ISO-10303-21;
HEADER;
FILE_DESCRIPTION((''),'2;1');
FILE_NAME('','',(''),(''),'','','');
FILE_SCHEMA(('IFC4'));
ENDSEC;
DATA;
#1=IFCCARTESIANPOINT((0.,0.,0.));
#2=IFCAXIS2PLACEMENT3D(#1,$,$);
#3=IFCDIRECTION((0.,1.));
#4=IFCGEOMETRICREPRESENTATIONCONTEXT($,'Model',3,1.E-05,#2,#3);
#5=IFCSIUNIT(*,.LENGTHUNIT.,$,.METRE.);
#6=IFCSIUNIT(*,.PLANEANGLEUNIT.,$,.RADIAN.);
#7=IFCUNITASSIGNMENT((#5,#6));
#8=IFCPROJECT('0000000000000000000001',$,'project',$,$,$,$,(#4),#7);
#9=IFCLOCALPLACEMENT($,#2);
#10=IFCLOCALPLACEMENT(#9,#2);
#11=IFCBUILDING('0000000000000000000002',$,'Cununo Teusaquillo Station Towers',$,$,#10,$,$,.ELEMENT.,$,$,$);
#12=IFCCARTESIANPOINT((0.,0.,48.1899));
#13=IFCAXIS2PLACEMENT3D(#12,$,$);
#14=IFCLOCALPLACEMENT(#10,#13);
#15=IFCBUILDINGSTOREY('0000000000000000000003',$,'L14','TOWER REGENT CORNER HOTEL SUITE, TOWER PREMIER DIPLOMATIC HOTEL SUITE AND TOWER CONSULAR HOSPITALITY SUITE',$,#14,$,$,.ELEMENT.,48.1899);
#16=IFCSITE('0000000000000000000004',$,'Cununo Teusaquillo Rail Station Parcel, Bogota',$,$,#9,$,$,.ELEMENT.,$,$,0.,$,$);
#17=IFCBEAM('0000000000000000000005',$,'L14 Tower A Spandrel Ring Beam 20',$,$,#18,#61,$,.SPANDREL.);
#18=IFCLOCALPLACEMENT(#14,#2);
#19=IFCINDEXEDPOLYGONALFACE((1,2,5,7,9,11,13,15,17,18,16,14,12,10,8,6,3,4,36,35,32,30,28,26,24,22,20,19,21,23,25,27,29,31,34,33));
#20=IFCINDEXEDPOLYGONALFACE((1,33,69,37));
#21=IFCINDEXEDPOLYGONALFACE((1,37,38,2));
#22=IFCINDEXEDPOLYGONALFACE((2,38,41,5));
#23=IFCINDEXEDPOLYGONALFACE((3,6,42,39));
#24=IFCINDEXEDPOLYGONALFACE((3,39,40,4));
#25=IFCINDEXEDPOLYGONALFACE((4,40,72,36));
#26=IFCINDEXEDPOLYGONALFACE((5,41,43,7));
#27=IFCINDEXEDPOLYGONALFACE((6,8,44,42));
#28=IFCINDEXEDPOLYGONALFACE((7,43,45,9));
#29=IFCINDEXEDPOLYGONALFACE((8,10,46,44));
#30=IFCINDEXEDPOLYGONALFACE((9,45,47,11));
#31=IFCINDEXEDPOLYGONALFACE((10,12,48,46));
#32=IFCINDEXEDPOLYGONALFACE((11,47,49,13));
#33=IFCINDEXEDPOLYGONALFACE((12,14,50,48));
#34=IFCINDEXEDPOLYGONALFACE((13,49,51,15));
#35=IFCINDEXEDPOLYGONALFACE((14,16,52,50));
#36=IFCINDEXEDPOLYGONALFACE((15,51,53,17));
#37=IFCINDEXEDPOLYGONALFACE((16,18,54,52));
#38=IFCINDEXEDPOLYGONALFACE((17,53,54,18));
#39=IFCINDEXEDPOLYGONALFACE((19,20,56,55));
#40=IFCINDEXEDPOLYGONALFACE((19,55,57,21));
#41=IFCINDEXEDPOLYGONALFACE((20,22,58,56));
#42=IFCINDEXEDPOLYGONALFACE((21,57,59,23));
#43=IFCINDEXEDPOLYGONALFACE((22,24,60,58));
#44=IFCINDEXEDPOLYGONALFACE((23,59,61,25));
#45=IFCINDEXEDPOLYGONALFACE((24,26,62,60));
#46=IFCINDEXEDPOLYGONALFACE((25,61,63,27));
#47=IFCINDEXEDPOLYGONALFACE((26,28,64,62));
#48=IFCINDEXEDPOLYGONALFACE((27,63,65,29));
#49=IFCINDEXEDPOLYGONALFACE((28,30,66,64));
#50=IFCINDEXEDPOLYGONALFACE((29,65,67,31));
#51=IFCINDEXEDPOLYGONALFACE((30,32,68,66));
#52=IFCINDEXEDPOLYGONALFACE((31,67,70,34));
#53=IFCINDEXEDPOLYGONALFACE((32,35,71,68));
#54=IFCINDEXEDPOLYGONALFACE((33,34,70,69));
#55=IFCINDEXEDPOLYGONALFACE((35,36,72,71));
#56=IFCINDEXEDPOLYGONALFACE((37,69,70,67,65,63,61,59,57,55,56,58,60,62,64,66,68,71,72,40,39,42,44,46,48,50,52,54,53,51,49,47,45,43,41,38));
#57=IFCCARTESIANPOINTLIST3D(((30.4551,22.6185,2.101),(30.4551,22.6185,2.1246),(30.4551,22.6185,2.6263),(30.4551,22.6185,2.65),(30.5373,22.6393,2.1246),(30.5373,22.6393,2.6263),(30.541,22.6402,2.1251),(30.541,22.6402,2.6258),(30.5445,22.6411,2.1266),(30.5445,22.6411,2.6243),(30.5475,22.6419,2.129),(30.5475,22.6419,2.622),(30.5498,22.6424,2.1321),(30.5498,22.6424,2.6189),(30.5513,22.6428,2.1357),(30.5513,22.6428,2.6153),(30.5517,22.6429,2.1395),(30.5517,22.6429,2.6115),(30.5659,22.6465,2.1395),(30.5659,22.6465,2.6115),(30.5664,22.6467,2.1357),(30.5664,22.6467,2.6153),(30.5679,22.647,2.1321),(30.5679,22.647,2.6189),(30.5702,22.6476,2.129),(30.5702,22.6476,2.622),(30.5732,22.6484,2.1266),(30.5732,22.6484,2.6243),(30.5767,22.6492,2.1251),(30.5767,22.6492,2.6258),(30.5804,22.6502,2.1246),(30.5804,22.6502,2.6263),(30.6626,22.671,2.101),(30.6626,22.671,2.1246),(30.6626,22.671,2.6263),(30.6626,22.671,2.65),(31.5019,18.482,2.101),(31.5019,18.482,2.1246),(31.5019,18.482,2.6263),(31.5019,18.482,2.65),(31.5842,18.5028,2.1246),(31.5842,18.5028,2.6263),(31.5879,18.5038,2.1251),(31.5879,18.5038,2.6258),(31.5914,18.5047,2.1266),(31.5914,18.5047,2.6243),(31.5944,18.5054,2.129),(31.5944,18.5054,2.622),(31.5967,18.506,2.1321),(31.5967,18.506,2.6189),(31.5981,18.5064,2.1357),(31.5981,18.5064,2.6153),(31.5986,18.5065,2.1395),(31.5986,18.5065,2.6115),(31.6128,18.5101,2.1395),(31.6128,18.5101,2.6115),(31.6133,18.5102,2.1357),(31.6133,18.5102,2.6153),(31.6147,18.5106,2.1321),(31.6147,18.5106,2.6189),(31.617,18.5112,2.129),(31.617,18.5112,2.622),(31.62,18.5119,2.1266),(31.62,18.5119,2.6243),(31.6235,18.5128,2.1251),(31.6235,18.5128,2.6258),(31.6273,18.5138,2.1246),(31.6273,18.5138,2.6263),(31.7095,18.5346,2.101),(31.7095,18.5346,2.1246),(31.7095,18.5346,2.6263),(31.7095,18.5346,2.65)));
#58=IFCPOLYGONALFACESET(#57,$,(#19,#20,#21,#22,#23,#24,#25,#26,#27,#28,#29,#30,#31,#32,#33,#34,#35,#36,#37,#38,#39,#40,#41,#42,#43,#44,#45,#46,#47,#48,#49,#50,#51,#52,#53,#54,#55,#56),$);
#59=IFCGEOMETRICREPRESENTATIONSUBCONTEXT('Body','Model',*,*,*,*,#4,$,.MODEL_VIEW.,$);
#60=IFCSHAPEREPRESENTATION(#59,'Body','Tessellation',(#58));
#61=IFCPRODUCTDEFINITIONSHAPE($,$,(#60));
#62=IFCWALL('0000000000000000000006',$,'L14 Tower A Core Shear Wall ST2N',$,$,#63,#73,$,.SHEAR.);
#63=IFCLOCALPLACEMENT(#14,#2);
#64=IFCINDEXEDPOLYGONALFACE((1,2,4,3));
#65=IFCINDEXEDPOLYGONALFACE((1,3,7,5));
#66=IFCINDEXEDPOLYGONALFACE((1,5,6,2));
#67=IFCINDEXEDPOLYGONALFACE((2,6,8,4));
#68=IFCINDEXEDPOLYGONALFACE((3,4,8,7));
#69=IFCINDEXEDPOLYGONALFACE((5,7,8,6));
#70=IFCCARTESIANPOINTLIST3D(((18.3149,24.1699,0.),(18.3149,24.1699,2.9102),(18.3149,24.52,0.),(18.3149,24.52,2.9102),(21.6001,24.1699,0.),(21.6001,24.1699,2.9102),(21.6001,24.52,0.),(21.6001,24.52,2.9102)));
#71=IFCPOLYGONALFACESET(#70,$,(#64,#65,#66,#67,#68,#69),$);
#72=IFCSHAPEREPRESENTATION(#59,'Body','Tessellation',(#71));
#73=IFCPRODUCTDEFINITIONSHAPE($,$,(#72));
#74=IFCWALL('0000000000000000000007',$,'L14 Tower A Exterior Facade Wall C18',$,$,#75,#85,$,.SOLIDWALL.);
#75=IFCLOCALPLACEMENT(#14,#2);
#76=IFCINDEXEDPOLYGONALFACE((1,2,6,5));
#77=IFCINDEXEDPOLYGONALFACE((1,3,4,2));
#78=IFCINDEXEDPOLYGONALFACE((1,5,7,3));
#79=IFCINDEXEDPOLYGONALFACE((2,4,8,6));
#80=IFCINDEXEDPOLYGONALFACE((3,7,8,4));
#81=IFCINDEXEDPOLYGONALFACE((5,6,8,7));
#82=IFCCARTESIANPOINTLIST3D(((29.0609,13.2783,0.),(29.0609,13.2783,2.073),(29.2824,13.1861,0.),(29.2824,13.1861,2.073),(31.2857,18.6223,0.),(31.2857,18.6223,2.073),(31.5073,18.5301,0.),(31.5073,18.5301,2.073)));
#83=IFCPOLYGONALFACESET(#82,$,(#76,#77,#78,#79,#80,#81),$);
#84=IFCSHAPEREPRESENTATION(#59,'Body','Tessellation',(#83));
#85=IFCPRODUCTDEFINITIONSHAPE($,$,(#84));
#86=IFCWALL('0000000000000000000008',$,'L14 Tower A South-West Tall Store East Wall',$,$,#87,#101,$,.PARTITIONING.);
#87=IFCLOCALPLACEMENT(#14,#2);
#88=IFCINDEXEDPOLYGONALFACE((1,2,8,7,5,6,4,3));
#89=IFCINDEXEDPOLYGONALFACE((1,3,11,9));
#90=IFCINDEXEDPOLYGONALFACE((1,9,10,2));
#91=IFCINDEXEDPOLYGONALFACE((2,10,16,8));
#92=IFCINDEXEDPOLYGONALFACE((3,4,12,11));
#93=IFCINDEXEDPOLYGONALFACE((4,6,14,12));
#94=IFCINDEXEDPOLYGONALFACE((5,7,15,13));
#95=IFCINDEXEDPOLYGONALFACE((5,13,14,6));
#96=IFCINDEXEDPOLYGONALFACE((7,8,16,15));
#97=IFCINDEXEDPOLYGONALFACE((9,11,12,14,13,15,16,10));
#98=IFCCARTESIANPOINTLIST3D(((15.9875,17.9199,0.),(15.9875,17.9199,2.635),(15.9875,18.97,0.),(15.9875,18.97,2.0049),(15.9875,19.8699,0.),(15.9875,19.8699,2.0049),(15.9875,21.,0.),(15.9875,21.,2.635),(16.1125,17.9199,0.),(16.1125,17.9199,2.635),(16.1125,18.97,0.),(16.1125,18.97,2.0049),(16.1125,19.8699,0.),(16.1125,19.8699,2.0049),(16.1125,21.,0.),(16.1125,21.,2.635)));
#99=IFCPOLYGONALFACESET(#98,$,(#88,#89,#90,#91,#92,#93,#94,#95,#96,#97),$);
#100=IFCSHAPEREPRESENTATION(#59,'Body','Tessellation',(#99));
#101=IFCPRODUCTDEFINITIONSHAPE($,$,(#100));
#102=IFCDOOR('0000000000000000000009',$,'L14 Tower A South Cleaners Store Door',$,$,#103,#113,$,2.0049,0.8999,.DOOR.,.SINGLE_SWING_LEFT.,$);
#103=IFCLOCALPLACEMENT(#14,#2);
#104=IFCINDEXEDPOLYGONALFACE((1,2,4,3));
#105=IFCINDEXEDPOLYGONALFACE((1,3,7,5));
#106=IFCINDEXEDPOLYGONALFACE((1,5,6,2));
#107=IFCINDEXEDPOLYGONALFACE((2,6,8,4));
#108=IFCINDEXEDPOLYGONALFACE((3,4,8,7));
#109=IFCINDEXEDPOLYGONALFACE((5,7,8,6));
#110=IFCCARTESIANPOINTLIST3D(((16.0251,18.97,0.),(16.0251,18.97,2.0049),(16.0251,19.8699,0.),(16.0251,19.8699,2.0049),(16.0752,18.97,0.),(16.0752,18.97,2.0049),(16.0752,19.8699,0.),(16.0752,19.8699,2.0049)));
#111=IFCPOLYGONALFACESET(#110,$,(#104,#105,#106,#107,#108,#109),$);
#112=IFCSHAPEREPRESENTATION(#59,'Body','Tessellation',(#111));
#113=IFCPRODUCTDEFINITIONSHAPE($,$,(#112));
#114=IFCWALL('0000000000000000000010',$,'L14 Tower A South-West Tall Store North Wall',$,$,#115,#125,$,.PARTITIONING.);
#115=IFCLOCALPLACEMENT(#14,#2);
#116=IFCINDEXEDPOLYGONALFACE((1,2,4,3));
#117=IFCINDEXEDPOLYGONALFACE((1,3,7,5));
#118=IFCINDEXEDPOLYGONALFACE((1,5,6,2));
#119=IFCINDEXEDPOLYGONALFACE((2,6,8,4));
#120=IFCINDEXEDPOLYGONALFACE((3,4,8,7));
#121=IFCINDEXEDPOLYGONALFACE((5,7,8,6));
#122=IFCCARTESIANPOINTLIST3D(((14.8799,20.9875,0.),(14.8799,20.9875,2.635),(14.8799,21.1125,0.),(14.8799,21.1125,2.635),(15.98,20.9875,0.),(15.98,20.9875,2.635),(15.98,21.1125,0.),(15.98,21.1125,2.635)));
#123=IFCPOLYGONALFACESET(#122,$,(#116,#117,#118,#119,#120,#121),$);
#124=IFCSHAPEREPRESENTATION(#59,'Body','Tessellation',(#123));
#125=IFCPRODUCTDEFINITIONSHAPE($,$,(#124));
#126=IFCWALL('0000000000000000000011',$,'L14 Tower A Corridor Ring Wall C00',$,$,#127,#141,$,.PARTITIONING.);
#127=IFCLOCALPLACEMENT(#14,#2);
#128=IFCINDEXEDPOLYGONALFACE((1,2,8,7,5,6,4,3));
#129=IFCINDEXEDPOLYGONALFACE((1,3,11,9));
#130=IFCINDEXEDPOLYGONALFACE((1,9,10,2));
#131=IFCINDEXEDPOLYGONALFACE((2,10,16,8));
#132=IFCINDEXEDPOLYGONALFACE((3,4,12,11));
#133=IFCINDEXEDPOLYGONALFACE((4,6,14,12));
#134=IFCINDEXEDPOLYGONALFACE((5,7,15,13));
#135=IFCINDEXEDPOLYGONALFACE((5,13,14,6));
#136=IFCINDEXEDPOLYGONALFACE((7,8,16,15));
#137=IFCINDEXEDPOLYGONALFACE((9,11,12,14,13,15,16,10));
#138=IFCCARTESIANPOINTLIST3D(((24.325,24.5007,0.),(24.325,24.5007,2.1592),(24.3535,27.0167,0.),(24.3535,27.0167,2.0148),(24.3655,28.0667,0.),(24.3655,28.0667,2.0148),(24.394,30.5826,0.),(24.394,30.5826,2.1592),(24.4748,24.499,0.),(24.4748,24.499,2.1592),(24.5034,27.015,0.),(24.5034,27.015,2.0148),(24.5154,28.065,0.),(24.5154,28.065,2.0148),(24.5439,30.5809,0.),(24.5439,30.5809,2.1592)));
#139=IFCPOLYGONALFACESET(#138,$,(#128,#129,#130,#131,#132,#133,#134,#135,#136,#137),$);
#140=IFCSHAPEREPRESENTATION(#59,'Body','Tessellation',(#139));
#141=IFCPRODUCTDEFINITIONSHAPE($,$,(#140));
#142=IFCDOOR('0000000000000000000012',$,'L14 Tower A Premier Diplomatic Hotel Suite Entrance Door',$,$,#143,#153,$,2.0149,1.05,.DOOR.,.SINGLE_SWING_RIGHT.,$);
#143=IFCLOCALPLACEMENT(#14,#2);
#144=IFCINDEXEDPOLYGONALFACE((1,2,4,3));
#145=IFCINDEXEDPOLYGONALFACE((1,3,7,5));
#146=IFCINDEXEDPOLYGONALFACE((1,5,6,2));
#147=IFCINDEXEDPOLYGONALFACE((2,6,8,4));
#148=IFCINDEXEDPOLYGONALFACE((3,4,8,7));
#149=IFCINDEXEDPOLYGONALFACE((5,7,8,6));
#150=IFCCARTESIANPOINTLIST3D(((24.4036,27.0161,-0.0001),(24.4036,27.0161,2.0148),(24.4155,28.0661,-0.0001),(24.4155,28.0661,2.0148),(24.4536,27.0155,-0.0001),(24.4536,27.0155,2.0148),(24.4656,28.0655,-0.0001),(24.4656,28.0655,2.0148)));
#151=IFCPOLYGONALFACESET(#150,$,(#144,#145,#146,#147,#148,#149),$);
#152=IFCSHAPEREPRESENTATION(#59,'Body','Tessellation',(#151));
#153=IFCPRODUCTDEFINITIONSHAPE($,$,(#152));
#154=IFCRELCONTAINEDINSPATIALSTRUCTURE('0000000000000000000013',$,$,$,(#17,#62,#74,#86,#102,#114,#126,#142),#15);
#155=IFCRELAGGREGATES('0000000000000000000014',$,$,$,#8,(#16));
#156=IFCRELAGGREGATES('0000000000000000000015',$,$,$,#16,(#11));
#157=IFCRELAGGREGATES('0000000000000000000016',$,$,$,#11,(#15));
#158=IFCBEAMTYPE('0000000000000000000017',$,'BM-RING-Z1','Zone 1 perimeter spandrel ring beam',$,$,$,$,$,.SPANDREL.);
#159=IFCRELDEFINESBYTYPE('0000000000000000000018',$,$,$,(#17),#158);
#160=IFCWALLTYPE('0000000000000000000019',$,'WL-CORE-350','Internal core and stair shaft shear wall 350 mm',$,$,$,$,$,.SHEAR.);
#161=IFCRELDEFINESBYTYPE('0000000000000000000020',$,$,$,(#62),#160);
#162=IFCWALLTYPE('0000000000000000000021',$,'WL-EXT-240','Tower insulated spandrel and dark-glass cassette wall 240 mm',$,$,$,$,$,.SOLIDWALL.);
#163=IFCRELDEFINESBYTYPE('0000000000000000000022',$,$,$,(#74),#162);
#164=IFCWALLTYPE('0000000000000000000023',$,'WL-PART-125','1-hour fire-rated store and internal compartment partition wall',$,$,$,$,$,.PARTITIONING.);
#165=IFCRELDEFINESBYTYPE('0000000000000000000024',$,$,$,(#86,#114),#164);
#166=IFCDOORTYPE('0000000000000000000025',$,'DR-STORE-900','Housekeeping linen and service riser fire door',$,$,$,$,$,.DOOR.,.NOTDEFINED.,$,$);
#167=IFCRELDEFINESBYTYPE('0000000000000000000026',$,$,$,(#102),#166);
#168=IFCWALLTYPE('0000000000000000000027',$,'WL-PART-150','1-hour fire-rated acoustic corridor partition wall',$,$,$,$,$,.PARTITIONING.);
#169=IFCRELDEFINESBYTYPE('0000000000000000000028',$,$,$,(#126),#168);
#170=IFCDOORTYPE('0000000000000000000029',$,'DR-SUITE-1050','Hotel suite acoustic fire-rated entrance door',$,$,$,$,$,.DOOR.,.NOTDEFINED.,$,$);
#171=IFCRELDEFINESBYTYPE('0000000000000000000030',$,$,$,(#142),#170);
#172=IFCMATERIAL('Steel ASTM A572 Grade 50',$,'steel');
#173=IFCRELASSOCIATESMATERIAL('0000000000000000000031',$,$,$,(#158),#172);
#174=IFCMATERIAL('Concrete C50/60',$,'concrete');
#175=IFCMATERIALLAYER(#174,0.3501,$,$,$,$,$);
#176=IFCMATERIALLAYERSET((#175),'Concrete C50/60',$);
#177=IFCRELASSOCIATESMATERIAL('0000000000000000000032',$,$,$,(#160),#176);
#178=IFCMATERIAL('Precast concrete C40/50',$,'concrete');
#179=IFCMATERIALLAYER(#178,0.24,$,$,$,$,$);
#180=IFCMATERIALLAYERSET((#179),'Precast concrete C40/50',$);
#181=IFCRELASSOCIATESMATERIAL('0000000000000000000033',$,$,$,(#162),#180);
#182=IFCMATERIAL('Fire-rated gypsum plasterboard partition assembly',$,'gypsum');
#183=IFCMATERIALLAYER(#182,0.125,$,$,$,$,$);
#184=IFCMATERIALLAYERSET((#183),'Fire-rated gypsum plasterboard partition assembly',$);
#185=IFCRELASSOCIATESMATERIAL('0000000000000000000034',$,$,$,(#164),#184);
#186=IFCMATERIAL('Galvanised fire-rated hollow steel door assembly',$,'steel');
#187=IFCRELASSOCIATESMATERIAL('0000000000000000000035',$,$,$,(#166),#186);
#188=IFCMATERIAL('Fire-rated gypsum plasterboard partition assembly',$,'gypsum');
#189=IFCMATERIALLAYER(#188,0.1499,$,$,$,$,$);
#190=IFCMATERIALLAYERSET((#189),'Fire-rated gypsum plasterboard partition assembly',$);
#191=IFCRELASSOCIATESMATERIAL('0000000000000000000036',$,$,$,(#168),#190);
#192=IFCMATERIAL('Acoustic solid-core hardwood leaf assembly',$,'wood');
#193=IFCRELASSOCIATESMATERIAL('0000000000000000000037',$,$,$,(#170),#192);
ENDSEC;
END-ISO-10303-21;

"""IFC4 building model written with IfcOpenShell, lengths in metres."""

from ifc_helpers import new_model, si_unit, direction, frame, frame_2d, origin, origin_2d, place, context, subcontext, project, spatial, rectangle, i_section, extrude, source, transform, mapped, material, layer, layer_set, material_profile, profile_set, type_object, element, fill, save


model = new_model("IFC4")

# Units and contexts
model_context = context("Model", 3, precision=1e-05, world=origin(), true_north=direction((0.0, 1.0)))
body_context = subcontext(model_context, "Body", "Model", "MODEL_VIEW")
ifc_project = project(units=[si_unit("LENGTHUNIT", "METRE"), si_unit("PLANEANGLEUNIT", "RADIAN")], contexts=[model_context])

# Site, building, storey
site_placement = place(None, origin())
site = spatial("IfcSite", under=ifc_project, at=site_placement, Name="Cununo Teusaquillo Rail Station Parcel, Bogota", CompositionType="ELEMENT", RefElevation=0.0)
building_placement = place(site_placement, origin())
building = spatial("IfcBuilding", under=site, at=building_placement, Name="Cununo Teusaquillo Station Towers", CompositionType="ELEMENT")
storey_placement = place(building_placement, frame((0.0, 0.0, 48.1899)))
storey = spatial("IfcBuildingStorey", under=building, at=storey_placement, Name="L14", Description="TOWER REGENT CORNER HOTEL SUITE, TOWER PREMIER DIPLOMATIC HOTEL SUITE AND TOWER CONSULAR HOSPITALITY SUITE", CompositionType="ELEMENT", Elevation=48.1899)

# Beam
ifc_material_1 = material(Name="Steel ASTM A572 Grade 50", Category="steel")
ifc_material_profile_1 = material_profile(ifc_material_1, i_section(OverallWidth=0.2141, OverallDepth=0.5491, WebThickness=0.0146, FlangeThickness=0.0237, FilletRadius=0.0149, at=origin_2d()), Name="W21X93")
ifc_profile_set_1 = profile_set([ifc_material_profile_1], Name="Steel ASTM A572 Grade 50")
beam_type_1 = type_object("IfcBeamType", Name="BM-RING-Z1", Description="Zone 1 perimeter spandrel ring beam", PredefinedType="SPANDREL", material=ifc_profile_set_1)
beam_1_placement = place(storey_placement, frame((31.6057, 18.5083, 2.3755), z_axis=(-0.245348, 0.969435, 0.0), x_axis=(-0.969435, -0.245348, 0.0)))
element("IfcBeam", 1, at=beam_1_placement, inside=storey, type_object=beam_type_1, Name="L14 Tower A Spandrel Ring Beam 20", PredefinedType="SPANDREL", context=body_context, shape_type="SweptSolid", body=[
    extrude(i_section(OverallWidth=0.2141, OverallDepth=0.5491, WebThickness=0.0146, FlangeThickness=0.0237, FilletRadius=0.0149, at=origin_2d()), origin(), (0.0, 0.0, 1.0), 4.2668),
])

# Walls
ifc_material_2 = material(Name="Concrete C50/60", Category="concrete")
ifc_layer_1 = layer(ifc_material_2, 0.3501)
ifc_layer_set_1 = layer_set([ifc_layer_1], Name="Concrete C50/60")
wall_type_1 = type_object("IfcWallType", Name="WL-CORE-350", Description="Internal core and stair shaft shear wall 350 mm", PredefinedType="SHEAR", material=ifc_layer_set_1)
wall_1_placement = place(storey_placement, frame((18.3149, 24.345, 0.0), z_axis=(0.0, 0.0, 1.0), x_axis=(1.0, 0.0, 0.0)))
element("IfcWall", 2, at=wall_1_placement, inside=storey, type_object=wall_type_1, Name="L14 Tower A Core Shear Wall ST2N", PredefinedType="SHEAR", context=body_context, shape_type="SweptSolid", body=[
    extrude(rectangle(XDim=3.2852, YDim=0.3501, at=frame_2d((1.6426, 0.0))), origin(), (0.0, 0.0, 1.0), 2.9102),
])
ifc_material_3 = material(Name="Precast concrete C40/50", Category="concrete")
ifc_layer_2 = layer(ifc_material_3, 0.24)
ifc_layer_set_2 = layer_set([ifc_layer_2], Name="Precast concrete C40/50")
wall_type_2 = type_object("IfcWallType", Name="WL-EXT-240", Description="Tower insulated spandrel and dark-glass cassette wall 240 mm", PredefinedType="SOLIDWALL", material=ifc_layer_set_2)
wall_2_placement = place(storey_placement, frame((31.3965, 18.5762, 0.0), z_axis=(0.0, 0.0, 1.0), x_axis=(-0.384349, -0.923188, 0.0)))
element("IfcWall", 3, at=wall_2_placement, inside=storey, type_object=wall_type_2, Name="L14 Tower A Exterior Facade Wall C18", PredefinedType="SOLIDWALL", context=body_context, shape_type="SweptSolid", body=[
    extrude(rectangle(XDim=5.7886, YDim=0.24, at=frame_2d((2.8943, 0.0))), origin(), (0.0, 0.0, 1.0), 2.073),
])

# Wall, opening, door
ifc_material_4 = material(Name="Fire-rated gypsum plasterboard partition assembly", Category="gypsum")
ifc_layer_3 = layer(ifc_material_4, 0.125)
ifc_layer_set_3 = layer_set([ifc_layer_3], Name="Fire-rated gypsum plasterboard partition assembly")
wall_type_3 = type_object("IfcWallType", Name="WL-PART-125", Description="1-hour fire-rated store and internal compartment partition wall", PredefinedType="PARTITIONING", material=ifc_layer_set_3)
wall_3_placement = place(storey_placement, frame((16.05, 17.9199, 0.0), z_axis=(0.0, 0.0, 1.0), x_axis=(0.0, 1.0, 0.0)))
wall_3 = element("IfcWall", 4, at=wall_3_placement, inside=storey, type_object=wall_type_3, Name="L14 Tower A South-West Tall Store East Wall", PredefinedType="PARTITIONING", context=body_context, shape_type="SweptSolid", body=[
    extrude(rectangle(XDim=3.0801, YDim=0.125, at=frame_2d((1.54, 0.0))), origin(), (0.0, 0.0, 1.0), 2.635),
])
shared_shape_1 = source(origin(), body_context, "Body", "SweptSolid", [
    extrude(rectangle(XDim=0.8999, YDim=2.0049, at=frame_2d((0.45, 1.0024))), frame((0.0, 0.0725, 0.0), z_axis=(0.0, -1.0, 0.0), x_axis=(1.0, 0.0, 0.0)), (0.0, 0.0, 1.0), 0.145),
])
opening_1_placement = place(wall_3_placement, frame((1.05, 0.0, 0.0)))
opening_1 = element("IfcOpeningElement", 5, at=opening_1_placement, cuts=wall_3, PredefinedType="OPENING", context=body_context, shape_type="MappedRepresentation", body=[
    mapped(shared_shape_1, transform((0.0, 0.0, 0.0), x_axis=(1.0, 0.0, 0.0), y_axis=(0.0, 1.0, 0.0), z_axis=(0.0, 0.0, 1.0), scale=1.0)),
])
ifc_material_5 = material(Name="Galvanised fire-rated hollow steel door assembly", Category="steel")
door_type_1 = type_object("IfcDoorType", Name="DR-STORE-900", Description="Housekeeping linen and service riser fire door", OperationType="NOTDEFINED", PredefinedType="DOOR", material=ifc_material_5)
shared_shape_2 = source(origin(), body_context, "Body", "SweptSolid", [
    extrude(rectangle(XDim=0.8999, YDim=2.0049, at=frame_2d((0.45, 1.0024))), frame((0.0, 0.0249, 0.0), z_axis=(0.0, -1.0, 0.0), x_axis=(1.0, 0.0, 0.0)), (0.0, 0.0, 1.0), 0.05),
])
door_1_placement = place(opening_1_placement, origin())
door_1 = element("IfcDoor", 6, at=door_1_placement, inside=storey, type_object=door_type_1, Name="L14 Tower A South Cleaners Store Door", OperationType="SINGLE_SWING_LEFT", OverallHeight=2.0049, OverallWidth=0.8999, PredefinedType="DOOR", context=body_context, shape_type="MappedRepresentation", body=[
    mapped(shared_shape_2, transform((0.0, 0.0, 0.0), x_axis=(1.0, 0.0, 0.0), y_axis=(0.0, 1.0, 0.0), z_axis=(0.0, 0.0, 1.0), scale=1.0)),
])
fill(opening_1, door_1)

# Wall
wall_4_placement = place(storey_placement, frame((14.8799, 21.05, 0.0), z_axis=(0.0, 0.0, 1.0), x_axis=(1.0, 0.0, 0.0)))
element("IfcWall", 7, at=wall_4_placement, inside=storey, type_object=wall_type_3, Name="L14 Tower A South-West Tall Store North Wall", PredefinedType="PARTITIONING", context=body_context, shape_type="SweptSolid", body=[
    extrude(rectangle(XDim=1.1001, YDim=0.125, at=frame_2d((0.55, 0.0))), origin(), (0.0, 0.0, 1.0), 2.635),
])

# Wall, opening, door
ifc_material_6 = material(Name="Fire-rated gypsum plasterboard partition assembly", Category="gypsum")
ifc_layer_4 = layer(ifc_material_6, 0.1499)
ifc_layer_set_4 = layer_set([ifc_layer_4], Name="Fire-rated gypsum plasterboard partition assembly")
wall_type_4 = type_object("IfcWallType", Name="WL-PART-150", Description="1-hour fire-rated acoustic corridor partition wall", PredefinedType="PARTITIONING", material=ifc_layer_set_4)
wall_5_placement = place(storey_placement, frame((24.3999, 24.5, 0.0), z_axis=(0.0, 0.0, 1.0), x_axis=(0.01136, 0.999935, 0.0)))
wall_5 = element("IfcWall", 8, at=wall_5_placement, inside=storey, type_object=wall_type_4, Name="L14 Tower A Corridor Ring Wall C00", PredefinedType="PARTITIONING", context=body_context, shape_type="SweptSolid", body=[
    extrude(rectangle(XDim=6.0823, YDim=0.1499, at=frame_2d((3.041, 0.0))), origin(), (0.0, 0.0, 1.0), 2.1592),
])
shared_shape_3 = source(origin(), body_context, "Body", "SweptSolid", [
    extrude(rectangle(XDim=1.05, YDim=2.0149, at=frame_2d((0.5249, 1.0073))), frame((0.0, 0.085, 0.0), z_axis=(0.0, -1.0, 0.0), x_axis=(1.0, 0.0, 0.0)), (0.0, 0.0, 1.0), 0.1699),
])
opening_2_placement = place(wall_5_placement, frame((2.5161, 0.0, 0.0)))
opening_2 = element("IfcOpeningElement", 9, at=opening_2_placement, cuts=wall_5, PredefinedType="OPENING", context=body_context, shape_type="MappedRepresentation", body=[
    mapped(shared_shape_3, transform((0.0, 0.0, 0.0), x_axis=(1.0, 0.0, 0.0), y_axis=(0.0, 1.0, 0.0), z_axis=(0.0, 0.0, 1.0), scale=1.0)),
])
ifc_material_7 = material(Name="Acoustic solid-core hardwood leaf assembly", Category="wood")
door_type_2 = type_object("IfcDoorType", Name="DR-SUITE-1050", Description="Hotel suite acoustic fire-rated entrance door", OperationType="NOTDEFINED", PredefinedType="DOOR", material=ifc_material_7)
shared_shape_4 = source(origin(), body_context, "Body", "SweptSolid", [
    extrude(rectangle(XDim=1.05, YDim=2.0149, at=frame_2d((0.5249, 1.0073))), frame((0.0, 0.0249, 0.0), z_axis=(0.0, -1.0, 0.0), x_axis=(1.0, 0.0, 0.0)), (0.0, 0.0, 1.0), 0.05),
])
door_2_placement = place(opening_2_placement, origin())
door_2 = element("IfcDoor", 10, at=door_2_placement, inside=storey, type_object=door_type_2, Name="L14 Tower A Premier Diplomatic Hotel Suite Entrance Door", OperationType="SINGLE_SWING_RIGHT", OverallHeight=2.0149, OverallWidth=1.05, PredefinedType="DOOR", context=body_context, shape_type="MappedRepresentation", body=[
    mapped(shared_shape_4, transform((0.0, 0.0, 0.0), x_axis=(1.0, 0.0, 0.0), y_axis=(0.0, 1.0, 0.0), z_axis=(0.0, 0.0, 1.0), scale=1.0)),
])
fill(opening_2, door_2)

save(model, "model.ifc")
